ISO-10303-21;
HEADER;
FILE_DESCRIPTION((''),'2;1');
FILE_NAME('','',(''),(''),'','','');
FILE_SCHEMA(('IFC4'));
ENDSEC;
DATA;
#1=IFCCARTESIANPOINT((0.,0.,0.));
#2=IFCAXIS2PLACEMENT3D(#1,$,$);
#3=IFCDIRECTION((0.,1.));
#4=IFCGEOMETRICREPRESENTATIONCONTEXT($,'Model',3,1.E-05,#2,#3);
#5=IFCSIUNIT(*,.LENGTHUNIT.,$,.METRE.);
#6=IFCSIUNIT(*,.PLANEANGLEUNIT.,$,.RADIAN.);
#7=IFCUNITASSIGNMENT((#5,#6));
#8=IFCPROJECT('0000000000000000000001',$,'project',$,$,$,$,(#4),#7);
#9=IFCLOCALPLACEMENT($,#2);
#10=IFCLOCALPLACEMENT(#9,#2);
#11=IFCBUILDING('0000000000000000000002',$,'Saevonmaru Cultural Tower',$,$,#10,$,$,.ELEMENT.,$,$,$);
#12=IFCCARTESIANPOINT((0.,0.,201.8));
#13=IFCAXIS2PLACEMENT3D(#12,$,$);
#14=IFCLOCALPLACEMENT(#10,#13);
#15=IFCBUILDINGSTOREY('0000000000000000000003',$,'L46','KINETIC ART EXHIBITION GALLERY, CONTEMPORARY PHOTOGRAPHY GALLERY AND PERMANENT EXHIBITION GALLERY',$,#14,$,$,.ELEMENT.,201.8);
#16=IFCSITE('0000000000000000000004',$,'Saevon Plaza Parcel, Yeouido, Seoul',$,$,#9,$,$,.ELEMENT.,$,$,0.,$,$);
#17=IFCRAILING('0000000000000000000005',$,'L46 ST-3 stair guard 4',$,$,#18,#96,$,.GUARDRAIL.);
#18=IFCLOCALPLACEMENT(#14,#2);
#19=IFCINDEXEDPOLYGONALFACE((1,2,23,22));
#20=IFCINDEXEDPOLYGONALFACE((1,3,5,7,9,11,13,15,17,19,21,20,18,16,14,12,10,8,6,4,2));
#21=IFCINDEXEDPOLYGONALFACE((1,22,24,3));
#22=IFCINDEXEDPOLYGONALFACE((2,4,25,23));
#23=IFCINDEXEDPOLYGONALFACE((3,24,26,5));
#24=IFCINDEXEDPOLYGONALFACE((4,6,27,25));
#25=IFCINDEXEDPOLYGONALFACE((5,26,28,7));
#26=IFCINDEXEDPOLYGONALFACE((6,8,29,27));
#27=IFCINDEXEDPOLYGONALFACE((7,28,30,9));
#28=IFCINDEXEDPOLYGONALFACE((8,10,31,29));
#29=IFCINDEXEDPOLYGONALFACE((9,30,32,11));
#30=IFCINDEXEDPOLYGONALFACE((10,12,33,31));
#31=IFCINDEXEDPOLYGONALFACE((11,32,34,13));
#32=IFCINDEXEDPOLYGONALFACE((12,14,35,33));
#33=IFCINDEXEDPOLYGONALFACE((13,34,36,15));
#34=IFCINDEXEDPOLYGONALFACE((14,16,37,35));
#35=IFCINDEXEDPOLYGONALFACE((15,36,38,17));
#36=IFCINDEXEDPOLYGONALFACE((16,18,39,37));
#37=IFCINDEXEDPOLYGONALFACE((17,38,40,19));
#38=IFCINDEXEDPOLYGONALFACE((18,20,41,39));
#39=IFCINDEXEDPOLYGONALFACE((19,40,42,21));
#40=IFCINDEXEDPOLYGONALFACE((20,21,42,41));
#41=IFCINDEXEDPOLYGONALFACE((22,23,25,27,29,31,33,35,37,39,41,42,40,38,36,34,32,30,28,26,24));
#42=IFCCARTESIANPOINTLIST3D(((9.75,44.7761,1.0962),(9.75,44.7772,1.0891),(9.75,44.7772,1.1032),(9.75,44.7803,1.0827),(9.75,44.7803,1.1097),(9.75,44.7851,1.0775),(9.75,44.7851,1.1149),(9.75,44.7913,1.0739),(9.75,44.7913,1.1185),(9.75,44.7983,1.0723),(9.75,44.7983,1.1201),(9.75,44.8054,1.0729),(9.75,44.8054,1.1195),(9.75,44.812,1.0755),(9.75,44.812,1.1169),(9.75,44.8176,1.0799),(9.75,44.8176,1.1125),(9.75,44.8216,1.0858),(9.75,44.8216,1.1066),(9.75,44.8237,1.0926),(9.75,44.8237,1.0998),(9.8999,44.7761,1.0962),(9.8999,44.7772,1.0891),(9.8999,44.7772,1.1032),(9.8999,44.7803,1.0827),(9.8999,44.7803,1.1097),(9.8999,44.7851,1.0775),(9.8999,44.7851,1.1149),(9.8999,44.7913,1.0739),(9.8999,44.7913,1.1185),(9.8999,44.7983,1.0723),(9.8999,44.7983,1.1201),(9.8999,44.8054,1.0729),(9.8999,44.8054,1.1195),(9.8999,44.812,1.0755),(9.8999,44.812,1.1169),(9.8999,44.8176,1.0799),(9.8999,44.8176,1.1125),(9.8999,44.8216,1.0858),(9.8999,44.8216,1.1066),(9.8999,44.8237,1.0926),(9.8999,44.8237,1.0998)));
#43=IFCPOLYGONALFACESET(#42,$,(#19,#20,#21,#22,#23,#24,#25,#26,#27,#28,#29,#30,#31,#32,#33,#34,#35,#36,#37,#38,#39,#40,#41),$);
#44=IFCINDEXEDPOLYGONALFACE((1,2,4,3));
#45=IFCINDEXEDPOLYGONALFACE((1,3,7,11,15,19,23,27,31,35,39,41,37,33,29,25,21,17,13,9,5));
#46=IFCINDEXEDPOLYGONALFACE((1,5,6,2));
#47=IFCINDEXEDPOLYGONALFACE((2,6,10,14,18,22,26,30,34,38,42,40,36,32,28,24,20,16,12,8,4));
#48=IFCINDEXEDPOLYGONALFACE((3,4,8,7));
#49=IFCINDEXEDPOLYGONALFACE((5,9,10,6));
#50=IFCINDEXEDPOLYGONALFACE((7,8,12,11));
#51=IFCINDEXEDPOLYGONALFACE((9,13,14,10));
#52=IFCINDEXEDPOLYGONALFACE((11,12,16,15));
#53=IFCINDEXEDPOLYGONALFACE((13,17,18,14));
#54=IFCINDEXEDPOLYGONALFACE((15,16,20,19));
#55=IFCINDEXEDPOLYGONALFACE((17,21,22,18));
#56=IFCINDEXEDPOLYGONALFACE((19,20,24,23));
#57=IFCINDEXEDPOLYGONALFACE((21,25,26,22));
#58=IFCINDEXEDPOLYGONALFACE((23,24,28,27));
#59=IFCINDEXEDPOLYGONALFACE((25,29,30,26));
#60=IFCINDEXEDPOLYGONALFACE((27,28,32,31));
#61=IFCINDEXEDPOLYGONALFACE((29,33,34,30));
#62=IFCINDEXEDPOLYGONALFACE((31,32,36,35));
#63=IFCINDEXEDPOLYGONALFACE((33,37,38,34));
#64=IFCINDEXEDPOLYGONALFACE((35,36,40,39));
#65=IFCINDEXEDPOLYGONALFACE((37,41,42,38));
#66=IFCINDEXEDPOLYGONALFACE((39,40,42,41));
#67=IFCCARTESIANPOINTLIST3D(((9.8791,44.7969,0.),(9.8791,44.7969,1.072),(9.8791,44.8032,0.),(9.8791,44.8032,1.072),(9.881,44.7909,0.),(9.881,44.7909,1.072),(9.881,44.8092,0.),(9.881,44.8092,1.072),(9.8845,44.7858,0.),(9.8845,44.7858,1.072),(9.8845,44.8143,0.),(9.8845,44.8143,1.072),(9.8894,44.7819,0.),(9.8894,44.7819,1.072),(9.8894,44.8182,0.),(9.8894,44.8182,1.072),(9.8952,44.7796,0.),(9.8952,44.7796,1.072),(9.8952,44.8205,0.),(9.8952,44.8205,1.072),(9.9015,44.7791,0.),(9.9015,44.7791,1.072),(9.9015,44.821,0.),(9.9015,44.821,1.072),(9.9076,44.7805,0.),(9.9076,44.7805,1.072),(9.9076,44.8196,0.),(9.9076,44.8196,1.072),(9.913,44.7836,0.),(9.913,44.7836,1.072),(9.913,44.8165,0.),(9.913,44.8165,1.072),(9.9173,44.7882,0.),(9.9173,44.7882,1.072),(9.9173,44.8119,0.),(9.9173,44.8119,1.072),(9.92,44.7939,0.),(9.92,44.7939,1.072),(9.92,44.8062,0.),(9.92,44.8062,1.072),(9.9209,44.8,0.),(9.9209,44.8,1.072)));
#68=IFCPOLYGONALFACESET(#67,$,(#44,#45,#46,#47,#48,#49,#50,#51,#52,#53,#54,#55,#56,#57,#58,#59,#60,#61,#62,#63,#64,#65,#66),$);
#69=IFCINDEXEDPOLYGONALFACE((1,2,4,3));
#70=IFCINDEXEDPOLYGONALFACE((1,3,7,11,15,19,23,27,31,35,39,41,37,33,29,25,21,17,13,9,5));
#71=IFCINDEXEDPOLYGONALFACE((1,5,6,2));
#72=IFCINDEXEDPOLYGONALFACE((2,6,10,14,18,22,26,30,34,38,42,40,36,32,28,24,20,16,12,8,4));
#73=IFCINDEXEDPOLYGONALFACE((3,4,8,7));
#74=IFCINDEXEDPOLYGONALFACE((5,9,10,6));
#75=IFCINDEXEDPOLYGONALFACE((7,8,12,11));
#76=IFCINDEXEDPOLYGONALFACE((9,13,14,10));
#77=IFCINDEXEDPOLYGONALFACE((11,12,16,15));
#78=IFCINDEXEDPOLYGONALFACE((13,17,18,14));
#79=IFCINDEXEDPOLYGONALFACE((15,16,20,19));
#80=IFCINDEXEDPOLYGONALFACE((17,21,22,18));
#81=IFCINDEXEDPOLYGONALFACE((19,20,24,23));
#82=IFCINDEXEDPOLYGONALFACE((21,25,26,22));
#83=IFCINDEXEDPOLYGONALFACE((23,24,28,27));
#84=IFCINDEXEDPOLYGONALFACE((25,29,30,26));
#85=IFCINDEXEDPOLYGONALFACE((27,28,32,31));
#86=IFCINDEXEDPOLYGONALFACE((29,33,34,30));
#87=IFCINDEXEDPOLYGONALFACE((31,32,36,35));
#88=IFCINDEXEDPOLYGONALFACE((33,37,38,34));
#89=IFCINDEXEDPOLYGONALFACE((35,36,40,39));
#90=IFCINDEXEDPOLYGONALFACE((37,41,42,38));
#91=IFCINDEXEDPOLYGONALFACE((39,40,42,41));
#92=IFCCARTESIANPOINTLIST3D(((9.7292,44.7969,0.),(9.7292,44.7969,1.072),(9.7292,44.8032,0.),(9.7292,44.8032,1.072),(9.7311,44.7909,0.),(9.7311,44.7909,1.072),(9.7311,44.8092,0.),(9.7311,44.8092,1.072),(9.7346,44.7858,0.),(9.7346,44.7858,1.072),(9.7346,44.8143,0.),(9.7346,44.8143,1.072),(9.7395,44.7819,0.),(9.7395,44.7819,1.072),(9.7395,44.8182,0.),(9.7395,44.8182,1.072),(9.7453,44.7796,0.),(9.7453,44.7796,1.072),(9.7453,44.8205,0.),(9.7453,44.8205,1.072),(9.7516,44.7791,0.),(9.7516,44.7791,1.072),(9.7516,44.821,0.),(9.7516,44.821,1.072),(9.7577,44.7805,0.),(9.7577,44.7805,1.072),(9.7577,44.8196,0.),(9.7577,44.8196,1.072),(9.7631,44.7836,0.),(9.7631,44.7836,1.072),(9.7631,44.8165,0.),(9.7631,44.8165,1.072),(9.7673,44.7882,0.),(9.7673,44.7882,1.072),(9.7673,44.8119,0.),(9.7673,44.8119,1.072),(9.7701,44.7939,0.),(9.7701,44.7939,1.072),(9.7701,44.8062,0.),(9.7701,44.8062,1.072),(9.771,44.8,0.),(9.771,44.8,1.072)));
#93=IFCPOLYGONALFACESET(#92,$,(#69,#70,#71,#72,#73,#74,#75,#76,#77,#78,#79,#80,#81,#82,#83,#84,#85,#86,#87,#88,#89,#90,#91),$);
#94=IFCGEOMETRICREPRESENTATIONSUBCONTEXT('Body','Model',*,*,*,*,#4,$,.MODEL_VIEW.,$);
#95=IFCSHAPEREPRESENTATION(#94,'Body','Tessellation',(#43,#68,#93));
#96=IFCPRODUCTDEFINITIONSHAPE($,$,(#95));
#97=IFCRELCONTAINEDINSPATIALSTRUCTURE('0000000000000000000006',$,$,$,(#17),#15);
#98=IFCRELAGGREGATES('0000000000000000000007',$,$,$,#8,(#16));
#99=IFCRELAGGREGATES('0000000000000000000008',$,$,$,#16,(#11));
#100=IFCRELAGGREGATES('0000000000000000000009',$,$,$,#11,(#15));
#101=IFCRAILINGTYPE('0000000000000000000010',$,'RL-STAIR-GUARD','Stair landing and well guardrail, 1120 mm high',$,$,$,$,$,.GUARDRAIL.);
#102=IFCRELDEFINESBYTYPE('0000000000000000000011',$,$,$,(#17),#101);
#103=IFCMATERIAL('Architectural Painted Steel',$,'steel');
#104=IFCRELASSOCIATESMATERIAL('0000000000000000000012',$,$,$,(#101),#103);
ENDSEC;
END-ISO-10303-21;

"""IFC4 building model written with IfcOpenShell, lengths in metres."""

from ifc_helpers import new_model, si_unit, direction, frame, origin, origin_2d, place, context, subcontext, project, spatial, circle, extrude, material, type_object, element, save


model = new_model("IFC4")

# Units and contexts
model_context = context("Model", 3, precision=1e-05, world=origin(), true_north=direction((0.0, 1.0)))
body_context = subcontext(model_context, "Body", "Model", "MODEL_VIEW")
ifc_project = project(units=[si_unit("LENGTHUNIT", "METRE"), si_unit("PLANEANGLEUNIT", "RADIAN")], contexts=[model_context])

# Site, building, storey
site_placement = place(None, origin())
site = spatial("IfcSite", under=ifc_project, at=site_placement, Name="Saevon Plaza Parcel, Yeouido, Seoul", CompositionType="ELEMENT", RefElevation=0.0)
building_placement = place(site_placement, origin())
building = spatial("IfcBuilding", under=site, at=building_placement, Name="Saevonmaru Cultural Tower", CompositionType="ELEMENT")
storey_placement = place(building_placement, frame((0.0, 0.0, 201.8)))
storey = spatial("IfcBuildingStorey", under=building, at=storey_placement, Name="L46", Description="KINETIC ART EXHIBITION GALLERY, CONTEMPORARY PHOTOGRAPHY GALLERY AND PERMANENT EXHIBITION GALLERY", CompositionType="ELEMENT", Elevation=201.8)

# Railing
ifc_material_1 = material(Name="Architectural Painted Steel", Category="steel")
railing_type_1 = type_object("IfcRailingType", Name="RL-STAIR-GUARD", Description="Stair landing and well guardrail, 1120 mm high", PredefinedType="GUARDRAIL", material=ifc_material_1)
railing_1_placement = place(storey_placement, frame((9.8999, 44.8, 0.0)))
element("IfcRailing", 1, at=railing_1_placement, inside=storey, type_object=railing_type_1, Name="L46 ST-3 stair guard 4", PredefinedType="GUARDRAIL", context=body_context, shape_type="SweptSolid", body=[
    extrude(circle(Radius=0.0239, at=origin_2d()), frame((0.0, 0.0, 1.0962), z_axis=(-1.0, 0.0, 0.0), x_axis=(0.0, -1.0, 0.0)), (0.0, 0.0, 1.0), 0.1499),
    extrude(circle(Radius=0.021, at=origin_2d()), origin(), (0.0, 0.0, 1.0), 1.072),
    extrude(circle(Radius=0.021, at=origin_2d()), frame((-0.1499, 0.0, 0.0)), (0.0, 0.0, 1.0), 1.072),
])

save(model, "model.ifc")
